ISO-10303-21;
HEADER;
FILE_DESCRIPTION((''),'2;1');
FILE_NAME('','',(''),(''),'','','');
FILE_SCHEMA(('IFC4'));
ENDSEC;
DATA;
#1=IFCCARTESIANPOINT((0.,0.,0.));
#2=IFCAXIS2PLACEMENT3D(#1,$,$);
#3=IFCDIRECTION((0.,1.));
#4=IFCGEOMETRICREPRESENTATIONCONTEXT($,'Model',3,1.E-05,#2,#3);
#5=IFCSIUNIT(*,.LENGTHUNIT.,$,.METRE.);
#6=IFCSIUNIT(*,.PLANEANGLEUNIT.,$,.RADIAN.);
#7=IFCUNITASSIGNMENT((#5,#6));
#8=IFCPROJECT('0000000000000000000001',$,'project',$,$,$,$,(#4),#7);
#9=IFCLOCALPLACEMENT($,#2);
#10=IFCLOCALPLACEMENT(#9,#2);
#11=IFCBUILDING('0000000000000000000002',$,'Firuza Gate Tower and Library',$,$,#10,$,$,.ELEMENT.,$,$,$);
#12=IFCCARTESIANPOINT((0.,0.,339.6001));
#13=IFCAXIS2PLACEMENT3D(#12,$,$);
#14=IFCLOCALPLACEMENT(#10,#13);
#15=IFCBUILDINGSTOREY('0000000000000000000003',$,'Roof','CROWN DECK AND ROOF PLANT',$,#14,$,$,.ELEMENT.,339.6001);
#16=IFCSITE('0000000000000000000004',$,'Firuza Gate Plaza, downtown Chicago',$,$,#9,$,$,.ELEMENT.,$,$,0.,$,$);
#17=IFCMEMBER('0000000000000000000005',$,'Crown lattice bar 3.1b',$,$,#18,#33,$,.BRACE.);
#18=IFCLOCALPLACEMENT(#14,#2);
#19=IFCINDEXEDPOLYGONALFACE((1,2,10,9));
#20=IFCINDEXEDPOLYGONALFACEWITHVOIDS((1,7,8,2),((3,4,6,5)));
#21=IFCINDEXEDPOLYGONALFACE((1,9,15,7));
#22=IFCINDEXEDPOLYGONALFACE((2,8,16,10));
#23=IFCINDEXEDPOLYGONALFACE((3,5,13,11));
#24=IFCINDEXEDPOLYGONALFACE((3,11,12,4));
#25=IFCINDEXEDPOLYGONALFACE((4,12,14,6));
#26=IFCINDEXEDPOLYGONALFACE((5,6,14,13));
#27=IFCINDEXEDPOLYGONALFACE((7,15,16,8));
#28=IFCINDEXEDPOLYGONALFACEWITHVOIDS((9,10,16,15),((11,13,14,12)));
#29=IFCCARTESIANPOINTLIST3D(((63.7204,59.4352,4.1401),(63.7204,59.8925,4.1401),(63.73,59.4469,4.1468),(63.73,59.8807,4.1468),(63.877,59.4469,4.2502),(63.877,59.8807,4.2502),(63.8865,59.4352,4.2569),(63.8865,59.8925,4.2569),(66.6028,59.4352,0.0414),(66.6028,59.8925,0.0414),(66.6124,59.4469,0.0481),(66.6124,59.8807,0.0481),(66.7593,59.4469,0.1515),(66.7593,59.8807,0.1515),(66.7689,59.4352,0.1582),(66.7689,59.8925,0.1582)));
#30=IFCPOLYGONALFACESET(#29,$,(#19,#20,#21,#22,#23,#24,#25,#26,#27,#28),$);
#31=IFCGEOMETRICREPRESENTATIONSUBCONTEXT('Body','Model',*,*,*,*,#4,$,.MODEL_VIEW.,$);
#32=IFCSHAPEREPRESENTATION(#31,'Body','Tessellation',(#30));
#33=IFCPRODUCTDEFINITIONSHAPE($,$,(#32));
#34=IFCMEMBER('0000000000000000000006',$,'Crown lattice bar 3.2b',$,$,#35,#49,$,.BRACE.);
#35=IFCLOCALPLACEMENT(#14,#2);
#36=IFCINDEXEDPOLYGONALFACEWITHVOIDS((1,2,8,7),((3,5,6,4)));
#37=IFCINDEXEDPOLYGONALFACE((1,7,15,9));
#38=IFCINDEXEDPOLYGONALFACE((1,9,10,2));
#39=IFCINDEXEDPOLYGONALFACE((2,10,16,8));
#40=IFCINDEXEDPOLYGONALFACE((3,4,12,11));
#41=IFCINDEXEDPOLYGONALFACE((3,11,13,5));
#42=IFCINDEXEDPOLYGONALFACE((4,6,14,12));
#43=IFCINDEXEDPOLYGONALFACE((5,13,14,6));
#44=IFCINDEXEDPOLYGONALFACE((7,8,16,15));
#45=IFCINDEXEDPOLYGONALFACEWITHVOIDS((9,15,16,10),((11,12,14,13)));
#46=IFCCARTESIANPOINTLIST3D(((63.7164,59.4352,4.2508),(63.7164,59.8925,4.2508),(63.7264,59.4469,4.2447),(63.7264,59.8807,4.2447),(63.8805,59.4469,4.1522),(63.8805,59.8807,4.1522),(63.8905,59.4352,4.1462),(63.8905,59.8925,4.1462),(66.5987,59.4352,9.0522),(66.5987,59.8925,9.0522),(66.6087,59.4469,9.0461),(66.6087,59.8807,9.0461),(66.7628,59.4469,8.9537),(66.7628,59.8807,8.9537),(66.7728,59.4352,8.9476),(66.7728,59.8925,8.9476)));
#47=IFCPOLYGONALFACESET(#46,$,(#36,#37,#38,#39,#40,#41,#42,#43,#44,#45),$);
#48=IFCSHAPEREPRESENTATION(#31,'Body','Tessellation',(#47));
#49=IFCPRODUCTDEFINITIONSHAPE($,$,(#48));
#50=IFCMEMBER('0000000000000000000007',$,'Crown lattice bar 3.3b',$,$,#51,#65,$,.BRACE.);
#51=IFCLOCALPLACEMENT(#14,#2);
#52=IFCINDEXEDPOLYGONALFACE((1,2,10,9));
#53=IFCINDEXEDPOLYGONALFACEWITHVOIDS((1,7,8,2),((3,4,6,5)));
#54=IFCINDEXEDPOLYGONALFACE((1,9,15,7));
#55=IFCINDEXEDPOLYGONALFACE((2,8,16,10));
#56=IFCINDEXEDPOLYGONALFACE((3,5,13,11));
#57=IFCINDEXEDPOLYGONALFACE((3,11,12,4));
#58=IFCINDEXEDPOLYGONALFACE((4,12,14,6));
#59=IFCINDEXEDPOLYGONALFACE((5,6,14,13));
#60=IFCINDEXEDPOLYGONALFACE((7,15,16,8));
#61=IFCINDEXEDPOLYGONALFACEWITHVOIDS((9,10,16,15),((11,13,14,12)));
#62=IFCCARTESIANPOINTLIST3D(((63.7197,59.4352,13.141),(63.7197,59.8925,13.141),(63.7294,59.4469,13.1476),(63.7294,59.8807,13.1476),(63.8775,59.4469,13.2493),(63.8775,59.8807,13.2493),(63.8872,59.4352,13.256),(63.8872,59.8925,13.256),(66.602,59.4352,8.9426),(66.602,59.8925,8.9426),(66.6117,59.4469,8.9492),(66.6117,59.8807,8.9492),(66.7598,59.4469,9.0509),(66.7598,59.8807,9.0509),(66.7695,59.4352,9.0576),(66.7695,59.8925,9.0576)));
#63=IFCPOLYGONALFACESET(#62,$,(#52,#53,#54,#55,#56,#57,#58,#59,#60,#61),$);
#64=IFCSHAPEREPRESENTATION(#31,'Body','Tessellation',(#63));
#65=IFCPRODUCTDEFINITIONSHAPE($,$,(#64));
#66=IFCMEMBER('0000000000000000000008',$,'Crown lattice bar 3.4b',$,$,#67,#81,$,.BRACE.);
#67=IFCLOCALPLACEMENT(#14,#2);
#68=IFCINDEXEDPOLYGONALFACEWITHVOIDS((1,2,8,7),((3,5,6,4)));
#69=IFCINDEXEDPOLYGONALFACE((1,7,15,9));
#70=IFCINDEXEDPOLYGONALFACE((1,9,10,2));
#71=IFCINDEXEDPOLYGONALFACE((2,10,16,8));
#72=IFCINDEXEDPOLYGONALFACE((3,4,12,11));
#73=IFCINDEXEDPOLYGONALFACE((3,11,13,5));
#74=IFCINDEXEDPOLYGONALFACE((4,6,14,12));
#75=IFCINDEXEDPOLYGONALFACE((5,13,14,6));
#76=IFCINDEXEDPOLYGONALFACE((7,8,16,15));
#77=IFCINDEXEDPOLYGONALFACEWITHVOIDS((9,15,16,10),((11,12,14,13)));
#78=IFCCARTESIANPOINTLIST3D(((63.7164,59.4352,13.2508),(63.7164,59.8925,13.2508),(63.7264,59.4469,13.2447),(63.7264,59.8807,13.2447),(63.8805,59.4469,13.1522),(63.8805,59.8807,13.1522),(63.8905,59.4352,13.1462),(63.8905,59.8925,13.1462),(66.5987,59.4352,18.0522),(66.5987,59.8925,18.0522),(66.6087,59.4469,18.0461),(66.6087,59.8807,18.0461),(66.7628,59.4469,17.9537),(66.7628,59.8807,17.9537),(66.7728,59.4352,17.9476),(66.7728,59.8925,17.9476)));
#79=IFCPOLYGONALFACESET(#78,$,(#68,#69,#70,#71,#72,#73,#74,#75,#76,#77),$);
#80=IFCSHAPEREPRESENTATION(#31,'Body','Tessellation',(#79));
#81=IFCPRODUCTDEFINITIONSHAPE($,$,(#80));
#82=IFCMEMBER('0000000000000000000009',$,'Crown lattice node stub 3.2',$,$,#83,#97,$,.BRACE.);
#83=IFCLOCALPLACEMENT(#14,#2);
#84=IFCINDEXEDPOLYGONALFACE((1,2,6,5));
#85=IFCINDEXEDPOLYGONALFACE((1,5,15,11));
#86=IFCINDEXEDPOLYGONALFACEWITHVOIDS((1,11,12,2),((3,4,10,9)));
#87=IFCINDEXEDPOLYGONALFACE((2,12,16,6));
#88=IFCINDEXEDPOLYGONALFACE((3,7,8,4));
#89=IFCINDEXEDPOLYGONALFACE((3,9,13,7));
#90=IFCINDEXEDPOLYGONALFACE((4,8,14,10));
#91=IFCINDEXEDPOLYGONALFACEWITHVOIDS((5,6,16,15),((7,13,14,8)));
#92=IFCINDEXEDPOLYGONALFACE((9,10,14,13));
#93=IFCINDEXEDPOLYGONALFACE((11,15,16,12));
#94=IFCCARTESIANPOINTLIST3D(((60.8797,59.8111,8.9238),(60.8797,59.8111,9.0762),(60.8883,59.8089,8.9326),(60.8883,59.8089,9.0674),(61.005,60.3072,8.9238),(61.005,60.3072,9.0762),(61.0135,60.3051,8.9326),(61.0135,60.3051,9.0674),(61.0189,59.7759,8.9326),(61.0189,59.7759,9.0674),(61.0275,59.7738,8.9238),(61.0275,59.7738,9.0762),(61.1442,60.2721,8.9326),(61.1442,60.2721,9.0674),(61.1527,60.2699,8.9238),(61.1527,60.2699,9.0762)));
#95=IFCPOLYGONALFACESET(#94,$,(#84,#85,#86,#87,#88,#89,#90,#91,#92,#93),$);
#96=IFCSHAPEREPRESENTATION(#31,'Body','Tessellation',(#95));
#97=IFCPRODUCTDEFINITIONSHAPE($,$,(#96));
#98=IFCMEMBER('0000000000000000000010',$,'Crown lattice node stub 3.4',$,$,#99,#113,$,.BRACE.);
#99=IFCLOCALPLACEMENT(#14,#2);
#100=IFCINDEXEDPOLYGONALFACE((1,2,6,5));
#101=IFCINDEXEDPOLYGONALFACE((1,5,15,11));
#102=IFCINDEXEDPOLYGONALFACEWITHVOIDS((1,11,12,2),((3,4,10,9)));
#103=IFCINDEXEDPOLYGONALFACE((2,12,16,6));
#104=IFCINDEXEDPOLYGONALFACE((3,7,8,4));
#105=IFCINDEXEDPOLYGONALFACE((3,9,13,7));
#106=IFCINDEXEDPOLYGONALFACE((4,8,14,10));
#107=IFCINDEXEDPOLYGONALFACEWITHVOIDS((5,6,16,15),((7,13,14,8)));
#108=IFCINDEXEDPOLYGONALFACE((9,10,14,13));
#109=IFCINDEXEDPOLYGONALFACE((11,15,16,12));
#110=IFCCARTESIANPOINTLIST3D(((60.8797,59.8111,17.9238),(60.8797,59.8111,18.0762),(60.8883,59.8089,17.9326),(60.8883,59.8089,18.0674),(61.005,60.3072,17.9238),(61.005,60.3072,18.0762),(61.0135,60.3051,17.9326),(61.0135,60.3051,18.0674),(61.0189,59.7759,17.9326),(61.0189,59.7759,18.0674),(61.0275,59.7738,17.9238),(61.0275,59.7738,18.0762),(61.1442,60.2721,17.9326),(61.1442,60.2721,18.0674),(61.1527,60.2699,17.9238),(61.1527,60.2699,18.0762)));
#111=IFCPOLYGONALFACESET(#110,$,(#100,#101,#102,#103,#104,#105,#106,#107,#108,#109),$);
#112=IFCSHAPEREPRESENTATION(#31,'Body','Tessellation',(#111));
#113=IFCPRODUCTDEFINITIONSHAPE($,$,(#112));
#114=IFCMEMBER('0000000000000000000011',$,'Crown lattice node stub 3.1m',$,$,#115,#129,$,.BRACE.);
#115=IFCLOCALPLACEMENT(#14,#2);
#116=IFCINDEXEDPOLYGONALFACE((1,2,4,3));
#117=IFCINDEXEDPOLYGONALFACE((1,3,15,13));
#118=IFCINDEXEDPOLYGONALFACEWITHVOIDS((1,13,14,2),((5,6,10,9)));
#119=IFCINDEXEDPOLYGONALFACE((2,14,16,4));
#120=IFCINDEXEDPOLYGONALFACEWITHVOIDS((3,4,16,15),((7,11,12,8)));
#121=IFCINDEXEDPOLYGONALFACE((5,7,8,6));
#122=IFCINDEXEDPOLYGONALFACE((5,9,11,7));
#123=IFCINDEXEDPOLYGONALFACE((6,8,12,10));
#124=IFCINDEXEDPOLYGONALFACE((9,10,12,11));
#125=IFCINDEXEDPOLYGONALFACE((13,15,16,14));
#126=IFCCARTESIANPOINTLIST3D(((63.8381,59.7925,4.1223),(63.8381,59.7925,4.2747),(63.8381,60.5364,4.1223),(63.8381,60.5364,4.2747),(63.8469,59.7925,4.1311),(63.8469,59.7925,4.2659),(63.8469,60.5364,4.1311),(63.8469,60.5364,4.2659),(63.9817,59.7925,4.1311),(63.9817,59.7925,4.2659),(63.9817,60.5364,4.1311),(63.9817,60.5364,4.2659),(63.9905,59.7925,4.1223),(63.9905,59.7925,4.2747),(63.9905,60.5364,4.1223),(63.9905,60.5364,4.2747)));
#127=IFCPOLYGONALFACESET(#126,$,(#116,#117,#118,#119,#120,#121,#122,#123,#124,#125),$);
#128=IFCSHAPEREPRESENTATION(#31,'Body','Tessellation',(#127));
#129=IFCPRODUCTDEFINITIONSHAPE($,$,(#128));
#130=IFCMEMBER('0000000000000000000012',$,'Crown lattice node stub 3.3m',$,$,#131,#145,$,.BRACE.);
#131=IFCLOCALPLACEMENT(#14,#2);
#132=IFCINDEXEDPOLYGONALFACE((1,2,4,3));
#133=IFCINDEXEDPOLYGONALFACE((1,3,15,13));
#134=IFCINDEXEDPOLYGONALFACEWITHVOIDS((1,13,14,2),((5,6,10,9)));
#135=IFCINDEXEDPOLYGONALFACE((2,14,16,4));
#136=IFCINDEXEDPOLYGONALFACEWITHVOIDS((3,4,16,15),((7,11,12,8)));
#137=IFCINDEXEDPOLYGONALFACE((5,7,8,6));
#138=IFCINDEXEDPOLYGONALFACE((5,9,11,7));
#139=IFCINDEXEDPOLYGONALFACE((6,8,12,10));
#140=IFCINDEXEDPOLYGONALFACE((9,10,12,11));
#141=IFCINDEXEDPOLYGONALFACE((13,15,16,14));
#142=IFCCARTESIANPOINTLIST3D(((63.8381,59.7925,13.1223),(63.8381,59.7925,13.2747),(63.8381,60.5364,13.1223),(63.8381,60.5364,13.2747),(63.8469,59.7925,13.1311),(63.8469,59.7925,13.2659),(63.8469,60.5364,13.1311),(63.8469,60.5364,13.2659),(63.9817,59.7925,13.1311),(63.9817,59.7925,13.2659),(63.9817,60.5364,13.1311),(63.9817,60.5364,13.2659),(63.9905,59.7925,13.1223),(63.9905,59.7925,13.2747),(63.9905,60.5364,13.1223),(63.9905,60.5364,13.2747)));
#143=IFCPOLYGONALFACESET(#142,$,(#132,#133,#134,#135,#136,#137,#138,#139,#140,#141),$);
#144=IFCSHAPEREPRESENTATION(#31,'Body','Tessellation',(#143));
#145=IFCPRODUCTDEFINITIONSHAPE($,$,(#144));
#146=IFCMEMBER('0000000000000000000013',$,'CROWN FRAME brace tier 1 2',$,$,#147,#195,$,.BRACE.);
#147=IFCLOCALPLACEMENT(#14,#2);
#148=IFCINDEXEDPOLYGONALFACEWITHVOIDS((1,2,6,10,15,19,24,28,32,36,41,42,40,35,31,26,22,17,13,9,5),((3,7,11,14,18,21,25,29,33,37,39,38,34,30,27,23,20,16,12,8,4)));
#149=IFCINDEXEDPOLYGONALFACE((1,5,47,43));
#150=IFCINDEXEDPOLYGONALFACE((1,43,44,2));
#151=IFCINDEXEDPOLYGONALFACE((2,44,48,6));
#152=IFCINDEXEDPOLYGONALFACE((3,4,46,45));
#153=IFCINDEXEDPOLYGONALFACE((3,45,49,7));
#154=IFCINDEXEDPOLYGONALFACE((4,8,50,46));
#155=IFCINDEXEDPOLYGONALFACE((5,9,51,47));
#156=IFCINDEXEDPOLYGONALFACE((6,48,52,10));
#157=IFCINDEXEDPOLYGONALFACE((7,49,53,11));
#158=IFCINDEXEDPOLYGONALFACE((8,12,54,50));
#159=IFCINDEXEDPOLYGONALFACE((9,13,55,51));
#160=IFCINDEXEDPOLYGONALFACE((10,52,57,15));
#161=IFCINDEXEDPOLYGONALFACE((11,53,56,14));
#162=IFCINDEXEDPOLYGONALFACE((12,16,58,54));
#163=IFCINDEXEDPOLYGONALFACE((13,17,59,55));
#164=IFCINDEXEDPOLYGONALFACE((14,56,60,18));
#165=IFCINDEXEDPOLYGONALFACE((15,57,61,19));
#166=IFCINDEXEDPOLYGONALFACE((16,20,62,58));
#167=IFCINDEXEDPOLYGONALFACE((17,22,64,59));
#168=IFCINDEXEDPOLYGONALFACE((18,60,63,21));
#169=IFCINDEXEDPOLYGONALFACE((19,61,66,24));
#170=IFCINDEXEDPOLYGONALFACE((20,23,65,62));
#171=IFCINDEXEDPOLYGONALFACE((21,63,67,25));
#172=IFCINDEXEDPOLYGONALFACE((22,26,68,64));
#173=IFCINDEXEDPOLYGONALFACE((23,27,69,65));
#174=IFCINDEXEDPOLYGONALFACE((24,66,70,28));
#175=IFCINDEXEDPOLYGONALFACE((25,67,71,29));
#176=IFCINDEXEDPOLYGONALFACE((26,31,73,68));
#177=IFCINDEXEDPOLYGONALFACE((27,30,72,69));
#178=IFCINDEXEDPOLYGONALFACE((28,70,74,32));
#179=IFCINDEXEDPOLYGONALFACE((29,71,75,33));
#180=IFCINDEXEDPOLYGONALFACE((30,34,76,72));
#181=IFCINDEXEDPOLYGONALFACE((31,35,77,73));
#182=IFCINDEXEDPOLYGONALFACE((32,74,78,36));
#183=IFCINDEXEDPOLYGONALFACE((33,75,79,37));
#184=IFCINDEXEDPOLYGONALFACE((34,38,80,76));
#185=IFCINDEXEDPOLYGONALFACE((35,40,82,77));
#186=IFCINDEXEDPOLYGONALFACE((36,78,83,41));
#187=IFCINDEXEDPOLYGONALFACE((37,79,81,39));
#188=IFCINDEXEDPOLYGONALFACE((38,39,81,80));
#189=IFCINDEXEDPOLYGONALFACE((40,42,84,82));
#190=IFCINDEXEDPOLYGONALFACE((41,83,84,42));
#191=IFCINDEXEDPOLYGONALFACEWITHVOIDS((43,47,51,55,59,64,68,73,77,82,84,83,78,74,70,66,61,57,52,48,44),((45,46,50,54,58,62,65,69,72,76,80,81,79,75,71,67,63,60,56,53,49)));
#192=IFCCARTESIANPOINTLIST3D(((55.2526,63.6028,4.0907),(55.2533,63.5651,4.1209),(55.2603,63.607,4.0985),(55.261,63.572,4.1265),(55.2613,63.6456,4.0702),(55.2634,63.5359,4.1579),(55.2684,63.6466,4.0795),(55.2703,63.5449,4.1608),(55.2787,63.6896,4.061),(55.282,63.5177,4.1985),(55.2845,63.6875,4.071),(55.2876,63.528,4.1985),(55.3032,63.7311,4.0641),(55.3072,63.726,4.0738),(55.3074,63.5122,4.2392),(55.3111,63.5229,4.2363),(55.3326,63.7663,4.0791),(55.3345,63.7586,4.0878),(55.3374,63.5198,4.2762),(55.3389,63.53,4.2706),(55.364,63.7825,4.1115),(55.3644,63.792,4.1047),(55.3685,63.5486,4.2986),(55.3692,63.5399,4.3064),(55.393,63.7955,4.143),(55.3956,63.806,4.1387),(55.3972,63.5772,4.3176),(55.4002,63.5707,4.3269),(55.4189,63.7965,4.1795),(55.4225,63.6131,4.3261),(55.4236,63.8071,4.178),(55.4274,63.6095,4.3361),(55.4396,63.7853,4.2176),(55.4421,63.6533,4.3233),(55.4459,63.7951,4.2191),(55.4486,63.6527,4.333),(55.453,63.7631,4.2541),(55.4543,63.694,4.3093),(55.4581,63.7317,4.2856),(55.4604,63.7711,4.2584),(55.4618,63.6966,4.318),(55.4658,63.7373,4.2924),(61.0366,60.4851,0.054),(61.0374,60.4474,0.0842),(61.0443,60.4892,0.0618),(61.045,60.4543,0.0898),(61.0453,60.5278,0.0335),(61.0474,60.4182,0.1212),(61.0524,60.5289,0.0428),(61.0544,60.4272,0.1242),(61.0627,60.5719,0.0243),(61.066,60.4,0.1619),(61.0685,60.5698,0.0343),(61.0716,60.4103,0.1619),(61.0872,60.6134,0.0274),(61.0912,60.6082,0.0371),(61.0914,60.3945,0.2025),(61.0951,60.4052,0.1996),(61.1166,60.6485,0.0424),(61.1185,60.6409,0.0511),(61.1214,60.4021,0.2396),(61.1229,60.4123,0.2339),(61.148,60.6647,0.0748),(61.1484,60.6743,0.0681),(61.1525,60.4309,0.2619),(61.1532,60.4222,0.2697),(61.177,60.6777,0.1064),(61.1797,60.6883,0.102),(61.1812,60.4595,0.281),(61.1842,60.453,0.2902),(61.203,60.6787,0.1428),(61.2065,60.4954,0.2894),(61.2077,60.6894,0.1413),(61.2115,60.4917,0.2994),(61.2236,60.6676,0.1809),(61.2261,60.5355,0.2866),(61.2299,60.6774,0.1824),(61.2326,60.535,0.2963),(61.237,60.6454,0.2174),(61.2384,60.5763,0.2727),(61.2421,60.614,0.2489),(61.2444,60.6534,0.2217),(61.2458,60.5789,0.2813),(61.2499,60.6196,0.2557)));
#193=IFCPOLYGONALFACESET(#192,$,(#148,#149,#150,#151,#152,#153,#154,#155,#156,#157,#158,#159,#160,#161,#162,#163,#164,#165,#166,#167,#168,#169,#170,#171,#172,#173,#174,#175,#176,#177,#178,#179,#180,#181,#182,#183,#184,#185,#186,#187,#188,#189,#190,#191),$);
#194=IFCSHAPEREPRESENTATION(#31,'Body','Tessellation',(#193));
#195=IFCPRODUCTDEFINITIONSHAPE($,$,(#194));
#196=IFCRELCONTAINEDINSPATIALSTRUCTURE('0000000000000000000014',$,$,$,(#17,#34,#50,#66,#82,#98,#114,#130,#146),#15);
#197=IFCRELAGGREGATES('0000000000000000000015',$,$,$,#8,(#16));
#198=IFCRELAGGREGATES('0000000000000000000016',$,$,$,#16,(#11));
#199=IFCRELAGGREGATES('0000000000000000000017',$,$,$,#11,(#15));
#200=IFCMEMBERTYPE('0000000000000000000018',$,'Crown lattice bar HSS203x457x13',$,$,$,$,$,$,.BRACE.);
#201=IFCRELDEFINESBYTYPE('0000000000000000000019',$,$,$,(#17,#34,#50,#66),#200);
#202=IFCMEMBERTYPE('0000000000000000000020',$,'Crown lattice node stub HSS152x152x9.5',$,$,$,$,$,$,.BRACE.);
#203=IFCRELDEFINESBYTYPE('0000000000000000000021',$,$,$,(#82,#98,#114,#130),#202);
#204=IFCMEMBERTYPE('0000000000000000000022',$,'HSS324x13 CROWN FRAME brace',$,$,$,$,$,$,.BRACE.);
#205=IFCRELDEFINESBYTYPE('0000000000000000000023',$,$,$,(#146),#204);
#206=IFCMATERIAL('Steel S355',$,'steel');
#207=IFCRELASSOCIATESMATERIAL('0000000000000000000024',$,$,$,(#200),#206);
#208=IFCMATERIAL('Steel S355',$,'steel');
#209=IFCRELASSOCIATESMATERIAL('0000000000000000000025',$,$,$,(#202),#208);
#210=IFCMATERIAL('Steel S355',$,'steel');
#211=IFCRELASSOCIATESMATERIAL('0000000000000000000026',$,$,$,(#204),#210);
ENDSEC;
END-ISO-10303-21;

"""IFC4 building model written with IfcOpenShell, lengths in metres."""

from ifc_helpers import new_model, si_unit, direction, frame, origin, origin_2d, place, context, subcontext, project, spatial, hollow_rectangle, hollow_circle, extrude, material, material_profile, profile_set, type_object, element, save


model = new_model("IFC4")

# Units and contexts
model_context = context("Model", 3, precision=1e-05, world=origin(), true_north=direction((0.0, 1.0)))
body_context = subcontext(model_context, "Body", "Model", "MODEL_VIEW")
ifc_project = project(units=[si_unit("LENGTHUNIT", "METRE"), si_unit("PLANEANGLEUNIT", "RADIAN")], contexts=[model_context])

# Site, building, storey
site_placement = place(None, origin())
site = spatial("IfcSite", under=ifc_project, at=site_placement, Name="Firuza Gate Plaza, downtown Chicago", CompositionType="ELEMENT", RefElevation=0.0)
building_placement = place(site_placement, origin())
building = spatial("IfcBuilding", under=site, at=building_placement, Name="Firuza Gate Tower and Library", CompositionType="ELEMENT")
storey_placement = place(building_placement, frame((0.0, 0.0, 339.6001)))
storey = spatial("IfcBuildingStorey", under=building, at=storey_placement, Name="Roof", Description="CROWN DECK AND ROOF PLANT", CompositionType="ELEMENT", Elevation=339.6001)

# Members
ifc_material_1 = material(Name="Steel S355", Category="steel")
ifc_material_profile_1 = material_profile(ifc_material_1, hollow_rectangle(XDim=0.4573, YDim=0.2031, WallThickness=0.0117, at=origin_2d()))
ifc_profile_set_1 = profile_set([ifc_material_profile_1], Name="Steel S355")
member_type_1 = type_object("IfcMemberType", Name="Crown lattice bar HSS203x457x13", PredefinedType="BRACE", material=ifc_profile_set_1)
member_1_placement = place(storey_placement, frame((63.8035, 59.6638, 4.1985), z_axis=(0.57524, 0.0, -0.817985), x_axis=(0.0, 1.0, 0.0)))
element("IfcMember", 1, at=member_1_placement, inside=storey, type_object=member_type_1, Name="Crown lattice bar 3.1b", PredefinedType="BRACE", context=body_context, shape_type="SweptSolid", body=[
    extrude(hollow_rectangle(XDim=0.4573, YDim=0.2031, WallThickness=0.0117, at=origin_2d()), origin(), (0.0, 0.0, 1.0), 5.0107),
])
member_2_placement = place(storey_placement, frame((63.8035, 59.6638, 4.1985), z_axis=(0.514682, 0.0, 0.857381), x_axis=(0.0, 1.0, 0.0)))
element("IfcMember", 2, at=member_2_placement, inside=storey, type_object=member_type_1, Name="Crown lattice bar 3.2b", PredefinedType="BRACE", context=body_context, shape_type="SweptSolid", body=[
    extrude(hollow_rectangle(XDim=0.4573, YDim=0.2031, WallThickness=0.0117, at=origin_2d()), origin(), (0.0, 0.0, 1.0), 5.6001),
])
member_3_placement = place(storey_placement, frame((63.8035, 59.6638, 13.1985), z_axis=(0.565977, 0.0, -0.824421), x_axis=(0.0, 1.0, 0.0)))
element("IfcMember", 3, at=member_3_placement, inside=storey, type_object=member_type_1, Name="Crown lattice bar 3.3b", PredefinedType="BRACE", context=body_context, shape_type="SweptSolid", body=[
    extrude(hollow_rectangle(XDim=0.4573, YDim=0.2031, WallThickness=0.0117, at=origin_2d()), origin(), (0.0, 0.0, 1.0), 5.0925),
])
member_4_placement = place(storey_placement, frame((63.8035, 59.6638, 13.1985), z_axis=(0.514682, 0.0, 0.857381), x_axis=(0.0, 1.0, 0.0)))
element("IfcMember", 4, at=member_4_placement, inside=storey, type_object=member_type_1, Name="Crown lattice bar 3.4b", PredefinedType="BRACE", context=body_context, shape_type="SweptSolid", body=[
    extrude(hollow_rectangle(XDim=0.4573, YDim=0.2031, WallThickness=0.0117, at=origin_2d()), origin(), (0.0, 0.0, 1.0), 5.6001),
])
ifc_material_2 = material(Name="Steel S355", Category="steel")
ifc_material_profile_2 = material_profile(ifc_material_2, hollow_rectangle(XDim=0.1523, YDim=0.1523, WallThickness=0.0088, at=origin_2d()))
ifc_profile_set_2 = profile_set([ifc_material_profile_2], Name="Steel S355")
member_type_2 = type_object("IfcMemberType", Name="Crown lattice node stub HSS152x152x9.5", PredefinedType="BRACE", material=ifc_profile_set_2)
for number, where, z_axis, x_axis, name in (
    (5, (61.0789, 60.2886, 9.0), (-0.24478, -0.969579, 0.0), (0.969579, -0.24478, 0.0), "Crown lattice node stub 3.2"),
    (6, (61.0789, 60.2886, 18.0), (-0.24478, -0.969579, 0.0), (0.969579, -0.24478, 0.0), "Crown lattice node stub 3.4"),
):
    element("IfcMember", number, at=place(storey_placement, frame(where, z_axis=z_axis, x_axis=x_axis)), inside=storey, type_object=member_type_2, Name=name, PredefinedType="BRACE", context=body_context, shape_type="SweptSolid", body=[
        extrude(hollow_rectangle(XDim=0.1523, YDim=0.1523, WallThickness=0.0088, at=origin_2d()), origin(), (0.0, 0.0, 1.0), 0.5117),
    ])
for number, where, z_axis, x_axis, name in (
    (7, (63.9143, 60.5364, 4.1985), (0.0, -1.0, 0.0), (1.0, 0.0, 0.0), "Crown lattice node stub 3.1m"),
    (8, (63.9143, 60.5364, 13.1985), (0.0, -1.0, 0.0), (1.0, 0.0, 0.0), "Crown lattice node stub 3.3m"),
):
    element("IfcMember", number, at=place(storey_placement, frame(where, z_axis=z_axis, x_axis=x_axis)), inside=storey, type_object=member_type_2, Name=name, PredefinedType="BRACE", context=body_context, shape_type="SweptSolid", body=[
        extrude(hollow_rectangle(XDim=0.1523, YDim=0.1523, WallThickness=0.0088, at=origin_2d()), origin(), (0.0, 0.0, 1.0), 0.7439),
    ])
ifc_material_3 = material(Name="Steel S355", Category="steel")
ifc_material_profile_3 = material_profile(ifc_material_3, hollow_circle(Radius=0.1619, WallThickness=0.0117, at=origin_2d()))
ifc_profile_set_3 = profile_set([ifc_material_profile_3], Name="Steel S355")
member_type_3 = type_object("IfcMemberType", Name="HSS324x13 CROWN FRAME brace", PredefinedType="BRACE", material=ifc_profile_set_3)
member_5_placement = place(storey_placement, frame((61.1428, 60.5425, 0.1619), z_axis=(-0.750035, 0.404286, 0.523451), x_axis=(-0.474483, -0.880265, 0.0)))
element("IfcMember", 9, at=member_5_placement, inside=storey, type_object=member_type_3, Name="CROWN FRAME brace tier 1 2", PredefinedType="BRACE", context=body_context, shape_type="SweptSolid", body=[
    extrude(hollow_circle(Radius=0.1619, WallThickness=0.0117, at=origin_2d()), origin(), (0.0, 0.0, 1.0), 7.7117),
])

save(model, "model.ifc")
